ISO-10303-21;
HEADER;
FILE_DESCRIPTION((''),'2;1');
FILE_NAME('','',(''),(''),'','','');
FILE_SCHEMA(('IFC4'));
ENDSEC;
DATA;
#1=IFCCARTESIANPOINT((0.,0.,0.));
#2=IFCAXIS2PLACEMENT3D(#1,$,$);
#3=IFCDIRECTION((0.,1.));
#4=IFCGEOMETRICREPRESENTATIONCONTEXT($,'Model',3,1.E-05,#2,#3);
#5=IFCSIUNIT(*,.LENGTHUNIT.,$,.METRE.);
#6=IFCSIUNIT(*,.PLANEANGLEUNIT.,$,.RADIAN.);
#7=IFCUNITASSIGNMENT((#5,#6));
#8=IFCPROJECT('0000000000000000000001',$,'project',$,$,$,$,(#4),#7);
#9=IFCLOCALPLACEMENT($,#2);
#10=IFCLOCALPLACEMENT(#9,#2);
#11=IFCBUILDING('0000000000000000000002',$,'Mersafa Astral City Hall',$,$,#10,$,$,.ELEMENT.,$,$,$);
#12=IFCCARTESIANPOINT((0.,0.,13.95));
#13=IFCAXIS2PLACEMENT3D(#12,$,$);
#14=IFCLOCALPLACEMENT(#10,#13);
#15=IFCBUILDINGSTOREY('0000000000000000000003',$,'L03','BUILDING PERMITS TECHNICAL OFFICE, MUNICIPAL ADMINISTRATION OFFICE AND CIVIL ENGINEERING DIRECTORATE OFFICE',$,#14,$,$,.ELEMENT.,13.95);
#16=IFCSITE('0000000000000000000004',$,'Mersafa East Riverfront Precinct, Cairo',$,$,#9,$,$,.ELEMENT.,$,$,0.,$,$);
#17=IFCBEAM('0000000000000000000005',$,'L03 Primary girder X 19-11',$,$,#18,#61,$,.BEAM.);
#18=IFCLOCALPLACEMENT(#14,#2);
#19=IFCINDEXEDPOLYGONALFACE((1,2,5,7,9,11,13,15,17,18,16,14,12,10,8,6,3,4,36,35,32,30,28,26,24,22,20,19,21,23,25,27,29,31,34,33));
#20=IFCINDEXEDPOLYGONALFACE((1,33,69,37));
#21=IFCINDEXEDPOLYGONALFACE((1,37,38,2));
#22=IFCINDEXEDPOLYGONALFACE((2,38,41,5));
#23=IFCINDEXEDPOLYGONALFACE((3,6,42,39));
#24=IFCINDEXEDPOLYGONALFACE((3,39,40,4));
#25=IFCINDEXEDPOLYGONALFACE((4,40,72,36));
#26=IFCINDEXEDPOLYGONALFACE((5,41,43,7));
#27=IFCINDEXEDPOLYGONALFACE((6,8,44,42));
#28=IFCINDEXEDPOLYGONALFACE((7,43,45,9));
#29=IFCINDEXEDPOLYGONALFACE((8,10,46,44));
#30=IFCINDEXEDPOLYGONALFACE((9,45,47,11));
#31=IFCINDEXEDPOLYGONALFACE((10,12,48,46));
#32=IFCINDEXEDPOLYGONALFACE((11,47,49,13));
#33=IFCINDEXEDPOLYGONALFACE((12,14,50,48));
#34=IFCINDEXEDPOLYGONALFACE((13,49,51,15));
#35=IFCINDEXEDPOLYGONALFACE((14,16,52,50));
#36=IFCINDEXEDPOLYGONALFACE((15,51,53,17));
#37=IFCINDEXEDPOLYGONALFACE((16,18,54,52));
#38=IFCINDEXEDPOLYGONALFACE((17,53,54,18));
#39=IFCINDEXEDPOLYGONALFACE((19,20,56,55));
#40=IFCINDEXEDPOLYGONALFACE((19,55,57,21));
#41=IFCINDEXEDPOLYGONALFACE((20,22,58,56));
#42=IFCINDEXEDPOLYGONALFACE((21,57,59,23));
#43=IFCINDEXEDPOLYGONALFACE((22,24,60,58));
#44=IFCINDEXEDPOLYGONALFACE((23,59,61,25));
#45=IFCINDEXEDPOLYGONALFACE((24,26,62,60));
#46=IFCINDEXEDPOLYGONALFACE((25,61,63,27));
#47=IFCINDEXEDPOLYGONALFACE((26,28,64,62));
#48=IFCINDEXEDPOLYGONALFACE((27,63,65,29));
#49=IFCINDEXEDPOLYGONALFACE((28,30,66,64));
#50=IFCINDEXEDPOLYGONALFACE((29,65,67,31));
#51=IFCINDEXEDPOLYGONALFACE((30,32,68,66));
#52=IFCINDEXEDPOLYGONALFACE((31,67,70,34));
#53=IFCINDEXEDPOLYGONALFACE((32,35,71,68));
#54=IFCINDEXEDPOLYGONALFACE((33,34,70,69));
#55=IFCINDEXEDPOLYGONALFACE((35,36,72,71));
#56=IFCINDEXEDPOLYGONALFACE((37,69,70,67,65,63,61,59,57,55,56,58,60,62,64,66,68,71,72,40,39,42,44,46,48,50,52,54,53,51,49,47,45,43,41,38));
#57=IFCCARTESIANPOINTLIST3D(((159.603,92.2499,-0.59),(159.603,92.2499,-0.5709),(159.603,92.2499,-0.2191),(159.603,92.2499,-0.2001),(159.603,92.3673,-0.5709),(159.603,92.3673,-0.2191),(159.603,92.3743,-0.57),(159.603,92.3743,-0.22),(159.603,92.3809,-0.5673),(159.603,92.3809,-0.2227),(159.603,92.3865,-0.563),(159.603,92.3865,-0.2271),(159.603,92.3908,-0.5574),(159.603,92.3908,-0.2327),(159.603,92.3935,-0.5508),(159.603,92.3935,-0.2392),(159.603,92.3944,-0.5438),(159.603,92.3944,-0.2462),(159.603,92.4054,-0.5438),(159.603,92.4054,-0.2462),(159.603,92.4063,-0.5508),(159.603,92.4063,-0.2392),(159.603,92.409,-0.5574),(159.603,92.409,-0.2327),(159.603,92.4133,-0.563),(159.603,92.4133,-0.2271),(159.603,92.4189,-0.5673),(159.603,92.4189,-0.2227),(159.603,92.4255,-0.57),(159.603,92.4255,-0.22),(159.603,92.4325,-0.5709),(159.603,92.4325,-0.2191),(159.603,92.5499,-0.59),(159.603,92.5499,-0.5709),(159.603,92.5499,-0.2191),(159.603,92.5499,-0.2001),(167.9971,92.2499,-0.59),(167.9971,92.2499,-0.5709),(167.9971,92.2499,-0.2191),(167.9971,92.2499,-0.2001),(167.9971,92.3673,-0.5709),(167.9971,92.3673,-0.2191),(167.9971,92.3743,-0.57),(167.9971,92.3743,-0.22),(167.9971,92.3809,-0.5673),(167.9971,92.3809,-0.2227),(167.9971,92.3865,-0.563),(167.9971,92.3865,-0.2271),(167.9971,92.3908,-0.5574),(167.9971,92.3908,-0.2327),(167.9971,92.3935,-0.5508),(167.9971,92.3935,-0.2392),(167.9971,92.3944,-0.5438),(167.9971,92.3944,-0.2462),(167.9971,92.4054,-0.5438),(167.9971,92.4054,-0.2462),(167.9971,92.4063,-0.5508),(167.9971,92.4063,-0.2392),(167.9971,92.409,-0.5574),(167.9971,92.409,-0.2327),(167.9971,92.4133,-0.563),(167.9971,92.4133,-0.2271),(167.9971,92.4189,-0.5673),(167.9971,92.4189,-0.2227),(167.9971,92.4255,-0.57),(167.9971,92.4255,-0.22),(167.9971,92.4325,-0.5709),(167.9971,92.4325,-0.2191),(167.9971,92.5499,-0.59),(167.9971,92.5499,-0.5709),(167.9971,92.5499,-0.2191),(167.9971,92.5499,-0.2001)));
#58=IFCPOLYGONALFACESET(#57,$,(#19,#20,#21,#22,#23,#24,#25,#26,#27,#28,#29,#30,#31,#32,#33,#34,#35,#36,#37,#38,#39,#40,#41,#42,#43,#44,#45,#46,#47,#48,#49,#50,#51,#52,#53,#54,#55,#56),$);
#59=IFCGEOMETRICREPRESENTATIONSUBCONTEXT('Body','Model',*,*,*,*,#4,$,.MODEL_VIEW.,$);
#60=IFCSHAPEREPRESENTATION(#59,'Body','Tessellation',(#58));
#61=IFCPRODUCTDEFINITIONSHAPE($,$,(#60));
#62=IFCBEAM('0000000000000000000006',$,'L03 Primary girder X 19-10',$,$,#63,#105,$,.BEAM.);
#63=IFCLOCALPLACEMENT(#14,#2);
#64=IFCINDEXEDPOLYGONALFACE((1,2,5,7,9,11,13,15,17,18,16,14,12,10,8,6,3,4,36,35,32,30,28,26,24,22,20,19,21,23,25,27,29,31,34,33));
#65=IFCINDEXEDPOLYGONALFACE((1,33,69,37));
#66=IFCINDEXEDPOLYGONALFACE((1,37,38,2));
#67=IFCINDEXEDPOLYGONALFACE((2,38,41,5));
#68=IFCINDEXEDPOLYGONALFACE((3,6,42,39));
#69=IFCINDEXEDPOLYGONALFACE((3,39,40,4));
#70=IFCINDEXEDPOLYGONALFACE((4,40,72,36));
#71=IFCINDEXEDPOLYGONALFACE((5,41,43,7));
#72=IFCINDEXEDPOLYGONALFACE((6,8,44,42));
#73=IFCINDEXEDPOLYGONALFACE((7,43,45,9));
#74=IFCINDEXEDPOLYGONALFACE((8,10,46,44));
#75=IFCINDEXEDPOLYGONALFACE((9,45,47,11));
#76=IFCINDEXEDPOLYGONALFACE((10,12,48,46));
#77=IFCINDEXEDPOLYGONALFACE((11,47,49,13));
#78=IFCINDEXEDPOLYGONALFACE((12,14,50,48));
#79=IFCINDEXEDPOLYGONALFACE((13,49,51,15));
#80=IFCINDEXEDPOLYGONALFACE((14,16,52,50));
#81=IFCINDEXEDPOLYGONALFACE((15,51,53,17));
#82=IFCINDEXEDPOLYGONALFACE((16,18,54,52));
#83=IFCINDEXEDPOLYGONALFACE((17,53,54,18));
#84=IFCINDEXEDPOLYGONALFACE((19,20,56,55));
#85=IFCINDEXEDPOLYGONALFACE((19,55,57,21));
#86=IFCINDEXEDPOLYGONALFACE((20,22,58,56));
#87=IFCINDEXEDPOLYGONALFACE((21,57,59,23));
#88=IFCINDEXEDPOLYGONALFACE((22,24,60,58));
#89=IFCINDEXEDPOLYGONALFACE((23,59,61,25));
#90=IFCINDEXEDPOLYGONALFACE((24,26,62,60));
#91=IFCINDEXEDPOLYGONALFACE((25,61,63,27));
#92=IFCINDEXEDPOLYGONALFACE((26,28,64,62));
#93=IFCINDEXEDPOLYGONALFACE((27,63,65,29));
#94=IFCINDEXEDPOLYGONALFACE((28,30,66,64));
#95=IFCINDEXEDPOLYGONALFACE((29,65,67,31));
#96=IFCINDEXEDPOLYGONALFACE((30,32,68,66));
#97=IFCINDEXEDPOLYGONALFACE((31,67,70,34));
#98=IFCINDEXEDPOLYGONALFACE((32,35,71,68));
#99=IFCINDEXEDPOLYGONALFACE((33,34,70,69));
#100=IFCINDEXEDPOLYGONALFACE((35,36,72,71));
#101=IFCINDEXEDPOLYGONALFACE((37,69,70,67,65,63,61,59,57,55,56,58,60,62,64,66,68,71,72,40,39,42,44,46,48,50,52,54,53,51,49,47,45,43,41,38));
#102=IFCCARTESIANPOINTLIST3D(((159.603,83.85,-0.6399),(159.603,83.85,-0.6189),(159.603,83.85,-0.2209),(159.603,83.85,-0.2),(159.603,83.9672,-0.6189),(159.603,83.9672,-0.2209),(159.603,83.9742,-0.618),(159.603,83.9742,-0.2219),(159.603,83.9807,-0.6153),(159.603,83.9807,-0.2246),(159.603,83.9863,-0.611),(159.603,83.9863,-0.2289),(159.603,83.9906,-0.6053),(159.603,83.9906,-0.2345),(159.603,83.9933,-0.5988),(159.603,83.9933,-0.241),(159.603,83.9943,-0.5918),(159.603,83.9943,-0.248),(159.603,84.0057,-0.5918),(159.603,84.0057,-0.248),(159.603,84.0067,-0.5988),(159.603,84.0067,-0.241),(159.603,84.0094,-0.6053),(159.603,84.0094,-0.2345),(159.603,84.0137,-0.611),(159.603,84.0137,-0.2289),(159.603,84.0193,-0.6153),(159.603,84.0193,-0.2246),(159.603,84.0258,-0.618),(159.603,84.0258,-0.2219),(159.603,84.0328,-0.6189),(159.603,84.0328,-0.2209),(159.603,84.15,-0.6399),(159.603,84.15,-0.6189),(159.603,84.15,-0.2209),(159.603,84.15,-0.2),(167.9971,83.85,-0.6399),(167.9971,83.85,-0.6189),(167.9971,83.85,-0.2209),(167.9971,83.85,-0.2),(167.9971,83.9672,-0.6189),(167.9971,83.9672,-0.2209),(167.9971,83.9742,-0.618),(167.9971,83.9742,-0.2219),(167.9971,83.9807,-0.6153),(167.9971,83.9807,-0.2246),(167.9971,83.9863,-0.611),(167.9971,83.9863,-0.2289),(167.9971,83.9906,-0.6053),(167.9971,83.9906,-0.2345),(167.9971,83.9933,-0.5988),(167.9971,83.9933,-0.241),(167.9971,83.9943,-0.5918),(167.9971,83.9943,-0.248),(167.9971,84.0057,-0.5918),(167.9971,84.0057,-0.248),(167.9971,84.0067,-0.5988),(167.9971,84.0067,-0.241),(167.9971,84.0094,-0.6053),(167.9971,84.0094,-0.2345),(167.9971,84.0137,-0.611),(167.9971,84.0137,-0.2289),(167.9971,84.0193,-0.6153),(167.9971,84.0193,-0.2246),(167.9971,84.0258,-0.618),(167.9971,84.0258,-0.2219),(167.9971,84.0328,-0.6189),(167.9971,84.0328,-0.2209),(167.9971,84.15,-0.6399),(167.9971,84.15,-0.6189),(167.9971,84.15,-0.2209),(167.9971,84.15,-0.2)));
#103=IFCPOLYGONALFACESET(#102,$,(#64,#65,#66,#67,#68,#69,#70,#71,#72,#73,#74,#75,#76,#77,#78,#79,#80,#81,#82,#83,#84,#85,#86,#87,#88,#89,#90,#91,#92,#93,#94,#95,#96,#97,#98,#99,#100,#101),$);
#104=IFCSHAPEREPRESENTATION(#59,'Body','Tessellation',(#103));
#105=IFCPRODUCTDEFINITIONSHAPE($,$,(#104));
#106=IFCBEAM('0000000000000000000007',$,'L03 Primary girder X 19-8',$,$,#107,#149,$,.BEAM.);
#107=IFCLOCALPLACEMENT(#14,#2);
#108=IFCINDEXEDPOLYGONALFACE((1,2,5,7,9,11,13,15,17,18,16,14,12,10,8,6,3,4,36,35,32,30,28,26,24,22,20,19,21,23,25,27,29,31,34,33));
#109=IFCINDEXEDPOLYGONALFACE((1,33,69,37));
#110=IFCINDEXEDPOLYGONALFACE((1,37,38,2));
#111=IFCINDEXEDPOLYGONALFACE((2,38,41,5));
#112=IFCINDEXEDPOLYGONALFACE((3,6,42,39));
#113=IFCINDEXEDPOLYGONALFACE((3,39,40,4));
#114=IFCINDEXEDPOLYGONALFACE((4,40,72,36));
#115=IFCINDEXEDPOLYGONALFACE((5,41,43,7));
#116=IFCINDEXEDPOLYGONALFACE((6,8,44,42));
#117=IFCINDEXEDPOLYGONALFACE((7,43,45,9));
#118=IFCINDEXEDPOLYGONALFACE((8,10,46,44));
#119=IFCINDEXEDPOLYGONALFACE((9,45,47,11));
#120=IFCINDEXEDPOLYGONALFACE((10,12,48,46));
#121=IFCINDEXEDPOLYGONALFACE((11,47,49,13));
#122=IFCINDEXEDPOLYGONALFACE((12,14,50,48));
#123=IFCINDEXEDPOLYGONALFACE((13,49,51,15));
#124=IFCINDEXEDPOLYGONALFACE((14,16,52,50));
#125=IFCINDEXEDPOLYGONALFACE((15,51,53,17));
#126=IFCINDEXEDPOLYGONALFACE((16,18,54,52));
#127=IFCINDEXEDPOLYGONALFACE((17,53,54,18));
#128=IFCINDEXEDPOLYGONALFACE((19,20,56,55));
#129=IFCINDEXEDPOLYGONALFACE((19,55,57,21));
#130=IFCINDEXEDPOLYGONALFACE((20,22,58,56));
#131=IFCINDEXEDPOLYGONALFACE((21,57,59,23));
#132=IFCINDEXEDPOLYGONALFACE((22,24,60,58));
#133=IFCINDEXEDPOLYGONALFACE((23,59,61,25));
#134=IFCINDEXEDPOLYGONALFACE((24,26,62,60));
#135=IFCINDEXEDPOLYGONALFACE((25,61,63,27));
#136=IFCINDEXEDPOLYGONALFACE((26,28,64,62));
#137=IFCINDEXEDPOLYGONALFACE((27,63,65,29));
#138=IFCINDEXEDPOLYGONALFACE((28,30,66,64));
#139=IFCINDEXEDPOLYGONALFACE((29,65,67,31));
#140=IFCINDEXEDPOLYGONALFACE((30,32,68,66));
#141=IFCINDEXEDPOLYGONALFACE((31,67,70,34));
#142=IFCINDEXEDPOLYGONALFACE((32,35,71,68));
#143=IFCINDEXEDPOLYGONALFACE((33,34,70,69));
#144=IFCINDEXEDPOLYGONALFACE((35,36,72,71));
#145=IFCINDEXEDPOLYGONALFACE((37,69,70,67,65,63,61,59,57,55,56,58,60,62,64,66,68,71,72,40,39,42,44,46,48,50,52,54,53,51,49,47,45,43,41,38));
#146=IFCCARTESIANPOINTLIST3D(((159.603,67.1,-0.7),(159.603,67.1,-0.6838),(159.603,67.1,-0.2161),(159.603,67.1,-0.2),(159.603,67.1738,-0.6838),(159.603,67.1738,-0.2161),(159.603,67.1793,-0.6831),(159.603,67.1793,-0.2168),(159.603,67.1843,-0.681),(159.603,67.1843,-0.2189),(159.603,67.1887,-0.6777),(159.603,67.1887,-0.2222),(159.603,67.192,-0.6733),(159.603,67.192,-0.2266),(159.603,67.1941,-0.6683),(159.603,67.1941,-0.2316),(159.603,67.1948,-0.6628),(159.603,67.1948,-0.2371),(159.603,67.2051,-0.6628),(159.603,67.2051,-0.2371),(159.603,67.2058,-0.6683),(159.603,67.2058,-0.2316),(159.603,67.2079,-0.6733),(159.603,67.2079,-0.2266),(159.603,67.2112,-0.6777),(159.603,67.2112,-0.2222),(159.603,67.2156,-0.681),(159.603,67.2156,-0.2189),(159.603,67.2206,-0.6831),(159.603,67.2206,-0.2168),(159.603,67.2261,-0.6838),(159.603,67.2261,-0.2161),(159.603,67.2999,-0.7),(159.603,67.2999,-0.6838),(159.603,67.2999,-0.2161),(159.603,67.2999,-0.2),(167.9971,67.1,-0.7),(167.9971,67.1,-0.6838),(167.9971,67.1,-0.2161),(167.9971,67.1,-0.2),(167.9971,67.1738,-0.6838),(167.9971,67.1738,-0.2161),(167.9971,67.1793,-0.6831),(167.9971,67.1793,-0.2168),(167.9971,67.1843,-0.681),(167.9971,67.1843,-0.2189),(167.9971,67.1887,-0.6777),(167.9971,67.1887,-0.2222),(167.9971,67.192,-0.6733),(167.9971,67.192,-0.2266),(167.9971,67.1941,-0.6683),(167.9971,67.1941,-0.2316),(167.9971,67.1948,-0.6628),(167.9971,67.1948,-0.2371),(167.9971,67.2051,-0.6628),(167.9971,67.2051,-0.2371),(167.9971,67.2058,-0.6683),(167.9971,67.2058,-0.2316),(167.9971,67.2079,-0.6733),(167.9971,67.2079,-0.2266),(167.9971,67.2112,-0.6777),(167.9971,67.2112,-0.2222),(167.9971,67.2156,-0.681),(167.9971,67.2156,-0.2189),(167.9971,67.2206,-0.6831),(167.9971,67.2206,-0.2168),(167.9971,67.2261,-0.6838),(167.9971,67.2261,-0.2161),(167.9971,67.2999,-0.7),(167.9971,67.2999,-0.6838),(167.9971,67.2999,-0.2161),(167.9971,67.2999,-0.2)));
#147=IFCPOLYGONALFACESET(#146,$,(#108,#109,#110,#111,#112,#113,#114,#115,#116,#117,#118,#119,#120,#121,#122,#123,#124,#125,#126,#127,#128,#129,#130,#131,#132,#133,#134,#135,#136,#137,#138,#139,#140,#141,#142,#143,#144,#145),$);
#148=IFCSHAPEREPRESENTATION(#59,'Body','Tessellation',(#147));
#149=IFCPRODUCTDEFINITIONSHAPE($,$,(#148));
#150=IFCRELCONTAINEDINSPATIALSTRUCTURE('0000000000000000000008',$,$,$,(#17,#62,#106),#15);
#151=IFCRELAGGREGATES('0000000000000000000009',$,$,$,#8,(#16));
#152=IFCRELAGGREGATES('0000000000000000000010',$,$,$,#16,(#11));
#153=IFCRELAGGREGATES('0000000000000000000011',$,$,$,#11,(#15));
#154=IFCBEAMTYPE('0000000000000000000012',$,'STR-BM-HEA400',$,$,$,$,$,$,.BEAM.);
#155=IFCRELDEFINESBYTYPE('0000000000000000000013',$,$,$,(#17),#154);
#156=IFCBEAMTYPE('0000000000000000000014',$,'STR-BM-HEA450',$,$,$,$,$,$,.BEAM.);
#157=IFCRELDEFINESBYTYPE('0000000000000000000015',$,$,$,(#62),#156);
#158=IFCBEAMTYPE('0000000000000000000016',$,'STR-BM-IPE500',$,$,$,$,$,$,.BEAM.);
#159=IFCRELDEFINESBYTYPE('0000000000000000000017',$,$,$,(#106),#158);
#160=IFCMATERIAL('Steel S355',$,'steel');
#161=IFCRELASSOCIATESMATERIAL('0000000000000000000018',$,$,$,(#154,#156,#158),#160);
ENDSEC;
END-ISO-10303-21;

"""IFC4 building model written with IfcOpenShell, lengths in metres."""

from ifc_helpers import new_model, si_unit, direction, frame, origin, origin_2d, place, context, subcontext, project, spatial, i_section, extrude, material, material_profile, profile_set, type_object, element, save


model = new_model("IFC4")

# Units and contexts
model_context = context("Model", 3, precision=1e-05, world=origin(), true_north=direction((0.0, 1.0)))
body_context = subcontext(model_context, "Body", "Model", "MODEL_VIEW")
ifc_project = project(units=[si_unit("LENGTHUNIT", "METRE"), si_unit("PLANEANGLEUNIT", "RADIAN")], contexts=[model_context])

# Site, building, storey
site_placement = place(None, origin())
site = spatial("IfcSite", under=ifc_project, at=site_placement, Name="Mersafa East Riverfront Precinct, Cairo", CompositionType="ELEMENT", RefElevation=0.0)
building_placement = place(site_placement, origin())
building = spatial("IfcBuilding", under=site, at=building_placement, Name="Mersafa Astral City Hall", CompositionType="ELEMENT")
storey_placement = place(building_placement, frame((0.0, 0.0, 13.95)))
storey = spatial("IfcBuildingStorey", under=building, at=storey_placement, Name="L03", Description="BUILDING PERMITS TECHNICAL OFFICE, MUNICIPAL ADMINISTRATION OFFICE AND CIVIL ENGINEERING DIRECTORATE OFFICE", CompositionType="ELEMENT", Elevation=13.95)

# Shared definitions
ifc_material_1 = material(Name="Steel S355", Category="steel")

# Beams
ifc_material_profile_1 = material_profile(ifc_material_1, i_section(OverallWidth=0.3, OverallDepth=0.3899, WebThickness=0.011, FlangeThickness=0.019, FilletRadius=0.0271, at=origin_2d()), Name="HEA 400")
ifc_profile_set_1 = profile_set([ifc_material_profile_1], Name="Steel S355")
beam_type_1 = type_object("IfcBeamType", Name="STR-BM-HEA400", PredefinedType="BEAM", material=ifc_profile_set_1)
beam_1_placement = place(storey_placement, frame((159.603, 92.3999, -0.395), z_axis=(1.0, 0.0, 0.0), x_axis=(0.0, 1.0, 0.0)))
element("IfcBeam", 1, at=beam_1_placement, inside=storey, type_object=beam_type_1, Name="L03 Primary girder X 19-11", PredefinedType="BEAM", context=body_context, shape_type="SweptSolid", body=[
    extrude(i_section(OverallWidth=0.3, OverallDepth=0.3899, WebThickness=0.011, FlangeThickness=0.019, FilletRadius=0.0271, at=origin_2d()), origin(), (0.0, 0.0, 1.0), 8.394),
])
ifc_material_profile_2 = material_profile(ifc_material_1, i_section(OverallWidth=0.3, OverallDepth=0.4399, WebThickness=0.0115, FlangeThickness=0.021, FilletRadius=0.0271, at=origin_2d()), Name="HEA 450")
ifc_profile_set_2 = profile_set([ifc_material_profile_2], Name="Steel S355")
beam_type_2 = type_object("IfcBeamType", Name="STR-BM-HEA450", PredefinedType="BEAM", material=ifc_profile_set_2)
beam_2_placement = place(storey_placement, frame((159.603, 84.0, -0.4199), z_axis=(1.0, 0.0, 0.0), x_axis=(0.0, 1.0, 0.0)))
element("IfcBeam", 2, at=beam_2_placement, inside=storey, type_object=beam_type_2, Name="L03 Primary girder X 19-10", PredefinedType="BEAM", context=body_context, shape_type="SweptSolid", body=[
    extrude(i_section(OverallWidth=0.3, OverallDepth=0.4399, WebThickness=0.0115, FlangeThickness=0.021, FilletRadius=0.0271, at=origin_2d()), origin(), (0.0, 0.0, 1.0), 8.394),
])
ifc_material_profile_3 = material_profile(ifc_material_1, i_section(OverallWidth=0.2, OverallDepth=0.5, WebThickness=0.0103, FlangeThickness=0.0161, FilletRadius=0.021, at=origin_2d()), Name="IPE 500")
ifc_profile_set_3 = profile_set([ifc_material_profile_3], Name="Steel S355")
beam_type_3 = type_object("IfcBeamType", Name="STR-BM-IPE500", PredefinedType="BEAM", material=ifc_profile_set_3)
beam_3_placement = place(storey_placement, frame((159.603, 67.2, -0.45), z_axis=(1.0, 0.0, 0.0), x_axis=(0.0, 1.0, 0.0)))
element("IfcBeam", 3, at=beam_3_placement, inside=storey, type_object=beam_type_3, Name="L03 Primary girder X 19-8", PredefinedType="BEAM", context=body_context, shape_type="SweptSolid", body=[
    extrude(i_section(OverallWidth=0.2, OverallDepth=0.5, WebThickness=0.0103, FlangeThickness=0.0161, FilletRadius=0.021, at=origin_2d()), origin(), (0.0, 0.0, 1.0), 8.394),
])

save(model, "model.ifc")
